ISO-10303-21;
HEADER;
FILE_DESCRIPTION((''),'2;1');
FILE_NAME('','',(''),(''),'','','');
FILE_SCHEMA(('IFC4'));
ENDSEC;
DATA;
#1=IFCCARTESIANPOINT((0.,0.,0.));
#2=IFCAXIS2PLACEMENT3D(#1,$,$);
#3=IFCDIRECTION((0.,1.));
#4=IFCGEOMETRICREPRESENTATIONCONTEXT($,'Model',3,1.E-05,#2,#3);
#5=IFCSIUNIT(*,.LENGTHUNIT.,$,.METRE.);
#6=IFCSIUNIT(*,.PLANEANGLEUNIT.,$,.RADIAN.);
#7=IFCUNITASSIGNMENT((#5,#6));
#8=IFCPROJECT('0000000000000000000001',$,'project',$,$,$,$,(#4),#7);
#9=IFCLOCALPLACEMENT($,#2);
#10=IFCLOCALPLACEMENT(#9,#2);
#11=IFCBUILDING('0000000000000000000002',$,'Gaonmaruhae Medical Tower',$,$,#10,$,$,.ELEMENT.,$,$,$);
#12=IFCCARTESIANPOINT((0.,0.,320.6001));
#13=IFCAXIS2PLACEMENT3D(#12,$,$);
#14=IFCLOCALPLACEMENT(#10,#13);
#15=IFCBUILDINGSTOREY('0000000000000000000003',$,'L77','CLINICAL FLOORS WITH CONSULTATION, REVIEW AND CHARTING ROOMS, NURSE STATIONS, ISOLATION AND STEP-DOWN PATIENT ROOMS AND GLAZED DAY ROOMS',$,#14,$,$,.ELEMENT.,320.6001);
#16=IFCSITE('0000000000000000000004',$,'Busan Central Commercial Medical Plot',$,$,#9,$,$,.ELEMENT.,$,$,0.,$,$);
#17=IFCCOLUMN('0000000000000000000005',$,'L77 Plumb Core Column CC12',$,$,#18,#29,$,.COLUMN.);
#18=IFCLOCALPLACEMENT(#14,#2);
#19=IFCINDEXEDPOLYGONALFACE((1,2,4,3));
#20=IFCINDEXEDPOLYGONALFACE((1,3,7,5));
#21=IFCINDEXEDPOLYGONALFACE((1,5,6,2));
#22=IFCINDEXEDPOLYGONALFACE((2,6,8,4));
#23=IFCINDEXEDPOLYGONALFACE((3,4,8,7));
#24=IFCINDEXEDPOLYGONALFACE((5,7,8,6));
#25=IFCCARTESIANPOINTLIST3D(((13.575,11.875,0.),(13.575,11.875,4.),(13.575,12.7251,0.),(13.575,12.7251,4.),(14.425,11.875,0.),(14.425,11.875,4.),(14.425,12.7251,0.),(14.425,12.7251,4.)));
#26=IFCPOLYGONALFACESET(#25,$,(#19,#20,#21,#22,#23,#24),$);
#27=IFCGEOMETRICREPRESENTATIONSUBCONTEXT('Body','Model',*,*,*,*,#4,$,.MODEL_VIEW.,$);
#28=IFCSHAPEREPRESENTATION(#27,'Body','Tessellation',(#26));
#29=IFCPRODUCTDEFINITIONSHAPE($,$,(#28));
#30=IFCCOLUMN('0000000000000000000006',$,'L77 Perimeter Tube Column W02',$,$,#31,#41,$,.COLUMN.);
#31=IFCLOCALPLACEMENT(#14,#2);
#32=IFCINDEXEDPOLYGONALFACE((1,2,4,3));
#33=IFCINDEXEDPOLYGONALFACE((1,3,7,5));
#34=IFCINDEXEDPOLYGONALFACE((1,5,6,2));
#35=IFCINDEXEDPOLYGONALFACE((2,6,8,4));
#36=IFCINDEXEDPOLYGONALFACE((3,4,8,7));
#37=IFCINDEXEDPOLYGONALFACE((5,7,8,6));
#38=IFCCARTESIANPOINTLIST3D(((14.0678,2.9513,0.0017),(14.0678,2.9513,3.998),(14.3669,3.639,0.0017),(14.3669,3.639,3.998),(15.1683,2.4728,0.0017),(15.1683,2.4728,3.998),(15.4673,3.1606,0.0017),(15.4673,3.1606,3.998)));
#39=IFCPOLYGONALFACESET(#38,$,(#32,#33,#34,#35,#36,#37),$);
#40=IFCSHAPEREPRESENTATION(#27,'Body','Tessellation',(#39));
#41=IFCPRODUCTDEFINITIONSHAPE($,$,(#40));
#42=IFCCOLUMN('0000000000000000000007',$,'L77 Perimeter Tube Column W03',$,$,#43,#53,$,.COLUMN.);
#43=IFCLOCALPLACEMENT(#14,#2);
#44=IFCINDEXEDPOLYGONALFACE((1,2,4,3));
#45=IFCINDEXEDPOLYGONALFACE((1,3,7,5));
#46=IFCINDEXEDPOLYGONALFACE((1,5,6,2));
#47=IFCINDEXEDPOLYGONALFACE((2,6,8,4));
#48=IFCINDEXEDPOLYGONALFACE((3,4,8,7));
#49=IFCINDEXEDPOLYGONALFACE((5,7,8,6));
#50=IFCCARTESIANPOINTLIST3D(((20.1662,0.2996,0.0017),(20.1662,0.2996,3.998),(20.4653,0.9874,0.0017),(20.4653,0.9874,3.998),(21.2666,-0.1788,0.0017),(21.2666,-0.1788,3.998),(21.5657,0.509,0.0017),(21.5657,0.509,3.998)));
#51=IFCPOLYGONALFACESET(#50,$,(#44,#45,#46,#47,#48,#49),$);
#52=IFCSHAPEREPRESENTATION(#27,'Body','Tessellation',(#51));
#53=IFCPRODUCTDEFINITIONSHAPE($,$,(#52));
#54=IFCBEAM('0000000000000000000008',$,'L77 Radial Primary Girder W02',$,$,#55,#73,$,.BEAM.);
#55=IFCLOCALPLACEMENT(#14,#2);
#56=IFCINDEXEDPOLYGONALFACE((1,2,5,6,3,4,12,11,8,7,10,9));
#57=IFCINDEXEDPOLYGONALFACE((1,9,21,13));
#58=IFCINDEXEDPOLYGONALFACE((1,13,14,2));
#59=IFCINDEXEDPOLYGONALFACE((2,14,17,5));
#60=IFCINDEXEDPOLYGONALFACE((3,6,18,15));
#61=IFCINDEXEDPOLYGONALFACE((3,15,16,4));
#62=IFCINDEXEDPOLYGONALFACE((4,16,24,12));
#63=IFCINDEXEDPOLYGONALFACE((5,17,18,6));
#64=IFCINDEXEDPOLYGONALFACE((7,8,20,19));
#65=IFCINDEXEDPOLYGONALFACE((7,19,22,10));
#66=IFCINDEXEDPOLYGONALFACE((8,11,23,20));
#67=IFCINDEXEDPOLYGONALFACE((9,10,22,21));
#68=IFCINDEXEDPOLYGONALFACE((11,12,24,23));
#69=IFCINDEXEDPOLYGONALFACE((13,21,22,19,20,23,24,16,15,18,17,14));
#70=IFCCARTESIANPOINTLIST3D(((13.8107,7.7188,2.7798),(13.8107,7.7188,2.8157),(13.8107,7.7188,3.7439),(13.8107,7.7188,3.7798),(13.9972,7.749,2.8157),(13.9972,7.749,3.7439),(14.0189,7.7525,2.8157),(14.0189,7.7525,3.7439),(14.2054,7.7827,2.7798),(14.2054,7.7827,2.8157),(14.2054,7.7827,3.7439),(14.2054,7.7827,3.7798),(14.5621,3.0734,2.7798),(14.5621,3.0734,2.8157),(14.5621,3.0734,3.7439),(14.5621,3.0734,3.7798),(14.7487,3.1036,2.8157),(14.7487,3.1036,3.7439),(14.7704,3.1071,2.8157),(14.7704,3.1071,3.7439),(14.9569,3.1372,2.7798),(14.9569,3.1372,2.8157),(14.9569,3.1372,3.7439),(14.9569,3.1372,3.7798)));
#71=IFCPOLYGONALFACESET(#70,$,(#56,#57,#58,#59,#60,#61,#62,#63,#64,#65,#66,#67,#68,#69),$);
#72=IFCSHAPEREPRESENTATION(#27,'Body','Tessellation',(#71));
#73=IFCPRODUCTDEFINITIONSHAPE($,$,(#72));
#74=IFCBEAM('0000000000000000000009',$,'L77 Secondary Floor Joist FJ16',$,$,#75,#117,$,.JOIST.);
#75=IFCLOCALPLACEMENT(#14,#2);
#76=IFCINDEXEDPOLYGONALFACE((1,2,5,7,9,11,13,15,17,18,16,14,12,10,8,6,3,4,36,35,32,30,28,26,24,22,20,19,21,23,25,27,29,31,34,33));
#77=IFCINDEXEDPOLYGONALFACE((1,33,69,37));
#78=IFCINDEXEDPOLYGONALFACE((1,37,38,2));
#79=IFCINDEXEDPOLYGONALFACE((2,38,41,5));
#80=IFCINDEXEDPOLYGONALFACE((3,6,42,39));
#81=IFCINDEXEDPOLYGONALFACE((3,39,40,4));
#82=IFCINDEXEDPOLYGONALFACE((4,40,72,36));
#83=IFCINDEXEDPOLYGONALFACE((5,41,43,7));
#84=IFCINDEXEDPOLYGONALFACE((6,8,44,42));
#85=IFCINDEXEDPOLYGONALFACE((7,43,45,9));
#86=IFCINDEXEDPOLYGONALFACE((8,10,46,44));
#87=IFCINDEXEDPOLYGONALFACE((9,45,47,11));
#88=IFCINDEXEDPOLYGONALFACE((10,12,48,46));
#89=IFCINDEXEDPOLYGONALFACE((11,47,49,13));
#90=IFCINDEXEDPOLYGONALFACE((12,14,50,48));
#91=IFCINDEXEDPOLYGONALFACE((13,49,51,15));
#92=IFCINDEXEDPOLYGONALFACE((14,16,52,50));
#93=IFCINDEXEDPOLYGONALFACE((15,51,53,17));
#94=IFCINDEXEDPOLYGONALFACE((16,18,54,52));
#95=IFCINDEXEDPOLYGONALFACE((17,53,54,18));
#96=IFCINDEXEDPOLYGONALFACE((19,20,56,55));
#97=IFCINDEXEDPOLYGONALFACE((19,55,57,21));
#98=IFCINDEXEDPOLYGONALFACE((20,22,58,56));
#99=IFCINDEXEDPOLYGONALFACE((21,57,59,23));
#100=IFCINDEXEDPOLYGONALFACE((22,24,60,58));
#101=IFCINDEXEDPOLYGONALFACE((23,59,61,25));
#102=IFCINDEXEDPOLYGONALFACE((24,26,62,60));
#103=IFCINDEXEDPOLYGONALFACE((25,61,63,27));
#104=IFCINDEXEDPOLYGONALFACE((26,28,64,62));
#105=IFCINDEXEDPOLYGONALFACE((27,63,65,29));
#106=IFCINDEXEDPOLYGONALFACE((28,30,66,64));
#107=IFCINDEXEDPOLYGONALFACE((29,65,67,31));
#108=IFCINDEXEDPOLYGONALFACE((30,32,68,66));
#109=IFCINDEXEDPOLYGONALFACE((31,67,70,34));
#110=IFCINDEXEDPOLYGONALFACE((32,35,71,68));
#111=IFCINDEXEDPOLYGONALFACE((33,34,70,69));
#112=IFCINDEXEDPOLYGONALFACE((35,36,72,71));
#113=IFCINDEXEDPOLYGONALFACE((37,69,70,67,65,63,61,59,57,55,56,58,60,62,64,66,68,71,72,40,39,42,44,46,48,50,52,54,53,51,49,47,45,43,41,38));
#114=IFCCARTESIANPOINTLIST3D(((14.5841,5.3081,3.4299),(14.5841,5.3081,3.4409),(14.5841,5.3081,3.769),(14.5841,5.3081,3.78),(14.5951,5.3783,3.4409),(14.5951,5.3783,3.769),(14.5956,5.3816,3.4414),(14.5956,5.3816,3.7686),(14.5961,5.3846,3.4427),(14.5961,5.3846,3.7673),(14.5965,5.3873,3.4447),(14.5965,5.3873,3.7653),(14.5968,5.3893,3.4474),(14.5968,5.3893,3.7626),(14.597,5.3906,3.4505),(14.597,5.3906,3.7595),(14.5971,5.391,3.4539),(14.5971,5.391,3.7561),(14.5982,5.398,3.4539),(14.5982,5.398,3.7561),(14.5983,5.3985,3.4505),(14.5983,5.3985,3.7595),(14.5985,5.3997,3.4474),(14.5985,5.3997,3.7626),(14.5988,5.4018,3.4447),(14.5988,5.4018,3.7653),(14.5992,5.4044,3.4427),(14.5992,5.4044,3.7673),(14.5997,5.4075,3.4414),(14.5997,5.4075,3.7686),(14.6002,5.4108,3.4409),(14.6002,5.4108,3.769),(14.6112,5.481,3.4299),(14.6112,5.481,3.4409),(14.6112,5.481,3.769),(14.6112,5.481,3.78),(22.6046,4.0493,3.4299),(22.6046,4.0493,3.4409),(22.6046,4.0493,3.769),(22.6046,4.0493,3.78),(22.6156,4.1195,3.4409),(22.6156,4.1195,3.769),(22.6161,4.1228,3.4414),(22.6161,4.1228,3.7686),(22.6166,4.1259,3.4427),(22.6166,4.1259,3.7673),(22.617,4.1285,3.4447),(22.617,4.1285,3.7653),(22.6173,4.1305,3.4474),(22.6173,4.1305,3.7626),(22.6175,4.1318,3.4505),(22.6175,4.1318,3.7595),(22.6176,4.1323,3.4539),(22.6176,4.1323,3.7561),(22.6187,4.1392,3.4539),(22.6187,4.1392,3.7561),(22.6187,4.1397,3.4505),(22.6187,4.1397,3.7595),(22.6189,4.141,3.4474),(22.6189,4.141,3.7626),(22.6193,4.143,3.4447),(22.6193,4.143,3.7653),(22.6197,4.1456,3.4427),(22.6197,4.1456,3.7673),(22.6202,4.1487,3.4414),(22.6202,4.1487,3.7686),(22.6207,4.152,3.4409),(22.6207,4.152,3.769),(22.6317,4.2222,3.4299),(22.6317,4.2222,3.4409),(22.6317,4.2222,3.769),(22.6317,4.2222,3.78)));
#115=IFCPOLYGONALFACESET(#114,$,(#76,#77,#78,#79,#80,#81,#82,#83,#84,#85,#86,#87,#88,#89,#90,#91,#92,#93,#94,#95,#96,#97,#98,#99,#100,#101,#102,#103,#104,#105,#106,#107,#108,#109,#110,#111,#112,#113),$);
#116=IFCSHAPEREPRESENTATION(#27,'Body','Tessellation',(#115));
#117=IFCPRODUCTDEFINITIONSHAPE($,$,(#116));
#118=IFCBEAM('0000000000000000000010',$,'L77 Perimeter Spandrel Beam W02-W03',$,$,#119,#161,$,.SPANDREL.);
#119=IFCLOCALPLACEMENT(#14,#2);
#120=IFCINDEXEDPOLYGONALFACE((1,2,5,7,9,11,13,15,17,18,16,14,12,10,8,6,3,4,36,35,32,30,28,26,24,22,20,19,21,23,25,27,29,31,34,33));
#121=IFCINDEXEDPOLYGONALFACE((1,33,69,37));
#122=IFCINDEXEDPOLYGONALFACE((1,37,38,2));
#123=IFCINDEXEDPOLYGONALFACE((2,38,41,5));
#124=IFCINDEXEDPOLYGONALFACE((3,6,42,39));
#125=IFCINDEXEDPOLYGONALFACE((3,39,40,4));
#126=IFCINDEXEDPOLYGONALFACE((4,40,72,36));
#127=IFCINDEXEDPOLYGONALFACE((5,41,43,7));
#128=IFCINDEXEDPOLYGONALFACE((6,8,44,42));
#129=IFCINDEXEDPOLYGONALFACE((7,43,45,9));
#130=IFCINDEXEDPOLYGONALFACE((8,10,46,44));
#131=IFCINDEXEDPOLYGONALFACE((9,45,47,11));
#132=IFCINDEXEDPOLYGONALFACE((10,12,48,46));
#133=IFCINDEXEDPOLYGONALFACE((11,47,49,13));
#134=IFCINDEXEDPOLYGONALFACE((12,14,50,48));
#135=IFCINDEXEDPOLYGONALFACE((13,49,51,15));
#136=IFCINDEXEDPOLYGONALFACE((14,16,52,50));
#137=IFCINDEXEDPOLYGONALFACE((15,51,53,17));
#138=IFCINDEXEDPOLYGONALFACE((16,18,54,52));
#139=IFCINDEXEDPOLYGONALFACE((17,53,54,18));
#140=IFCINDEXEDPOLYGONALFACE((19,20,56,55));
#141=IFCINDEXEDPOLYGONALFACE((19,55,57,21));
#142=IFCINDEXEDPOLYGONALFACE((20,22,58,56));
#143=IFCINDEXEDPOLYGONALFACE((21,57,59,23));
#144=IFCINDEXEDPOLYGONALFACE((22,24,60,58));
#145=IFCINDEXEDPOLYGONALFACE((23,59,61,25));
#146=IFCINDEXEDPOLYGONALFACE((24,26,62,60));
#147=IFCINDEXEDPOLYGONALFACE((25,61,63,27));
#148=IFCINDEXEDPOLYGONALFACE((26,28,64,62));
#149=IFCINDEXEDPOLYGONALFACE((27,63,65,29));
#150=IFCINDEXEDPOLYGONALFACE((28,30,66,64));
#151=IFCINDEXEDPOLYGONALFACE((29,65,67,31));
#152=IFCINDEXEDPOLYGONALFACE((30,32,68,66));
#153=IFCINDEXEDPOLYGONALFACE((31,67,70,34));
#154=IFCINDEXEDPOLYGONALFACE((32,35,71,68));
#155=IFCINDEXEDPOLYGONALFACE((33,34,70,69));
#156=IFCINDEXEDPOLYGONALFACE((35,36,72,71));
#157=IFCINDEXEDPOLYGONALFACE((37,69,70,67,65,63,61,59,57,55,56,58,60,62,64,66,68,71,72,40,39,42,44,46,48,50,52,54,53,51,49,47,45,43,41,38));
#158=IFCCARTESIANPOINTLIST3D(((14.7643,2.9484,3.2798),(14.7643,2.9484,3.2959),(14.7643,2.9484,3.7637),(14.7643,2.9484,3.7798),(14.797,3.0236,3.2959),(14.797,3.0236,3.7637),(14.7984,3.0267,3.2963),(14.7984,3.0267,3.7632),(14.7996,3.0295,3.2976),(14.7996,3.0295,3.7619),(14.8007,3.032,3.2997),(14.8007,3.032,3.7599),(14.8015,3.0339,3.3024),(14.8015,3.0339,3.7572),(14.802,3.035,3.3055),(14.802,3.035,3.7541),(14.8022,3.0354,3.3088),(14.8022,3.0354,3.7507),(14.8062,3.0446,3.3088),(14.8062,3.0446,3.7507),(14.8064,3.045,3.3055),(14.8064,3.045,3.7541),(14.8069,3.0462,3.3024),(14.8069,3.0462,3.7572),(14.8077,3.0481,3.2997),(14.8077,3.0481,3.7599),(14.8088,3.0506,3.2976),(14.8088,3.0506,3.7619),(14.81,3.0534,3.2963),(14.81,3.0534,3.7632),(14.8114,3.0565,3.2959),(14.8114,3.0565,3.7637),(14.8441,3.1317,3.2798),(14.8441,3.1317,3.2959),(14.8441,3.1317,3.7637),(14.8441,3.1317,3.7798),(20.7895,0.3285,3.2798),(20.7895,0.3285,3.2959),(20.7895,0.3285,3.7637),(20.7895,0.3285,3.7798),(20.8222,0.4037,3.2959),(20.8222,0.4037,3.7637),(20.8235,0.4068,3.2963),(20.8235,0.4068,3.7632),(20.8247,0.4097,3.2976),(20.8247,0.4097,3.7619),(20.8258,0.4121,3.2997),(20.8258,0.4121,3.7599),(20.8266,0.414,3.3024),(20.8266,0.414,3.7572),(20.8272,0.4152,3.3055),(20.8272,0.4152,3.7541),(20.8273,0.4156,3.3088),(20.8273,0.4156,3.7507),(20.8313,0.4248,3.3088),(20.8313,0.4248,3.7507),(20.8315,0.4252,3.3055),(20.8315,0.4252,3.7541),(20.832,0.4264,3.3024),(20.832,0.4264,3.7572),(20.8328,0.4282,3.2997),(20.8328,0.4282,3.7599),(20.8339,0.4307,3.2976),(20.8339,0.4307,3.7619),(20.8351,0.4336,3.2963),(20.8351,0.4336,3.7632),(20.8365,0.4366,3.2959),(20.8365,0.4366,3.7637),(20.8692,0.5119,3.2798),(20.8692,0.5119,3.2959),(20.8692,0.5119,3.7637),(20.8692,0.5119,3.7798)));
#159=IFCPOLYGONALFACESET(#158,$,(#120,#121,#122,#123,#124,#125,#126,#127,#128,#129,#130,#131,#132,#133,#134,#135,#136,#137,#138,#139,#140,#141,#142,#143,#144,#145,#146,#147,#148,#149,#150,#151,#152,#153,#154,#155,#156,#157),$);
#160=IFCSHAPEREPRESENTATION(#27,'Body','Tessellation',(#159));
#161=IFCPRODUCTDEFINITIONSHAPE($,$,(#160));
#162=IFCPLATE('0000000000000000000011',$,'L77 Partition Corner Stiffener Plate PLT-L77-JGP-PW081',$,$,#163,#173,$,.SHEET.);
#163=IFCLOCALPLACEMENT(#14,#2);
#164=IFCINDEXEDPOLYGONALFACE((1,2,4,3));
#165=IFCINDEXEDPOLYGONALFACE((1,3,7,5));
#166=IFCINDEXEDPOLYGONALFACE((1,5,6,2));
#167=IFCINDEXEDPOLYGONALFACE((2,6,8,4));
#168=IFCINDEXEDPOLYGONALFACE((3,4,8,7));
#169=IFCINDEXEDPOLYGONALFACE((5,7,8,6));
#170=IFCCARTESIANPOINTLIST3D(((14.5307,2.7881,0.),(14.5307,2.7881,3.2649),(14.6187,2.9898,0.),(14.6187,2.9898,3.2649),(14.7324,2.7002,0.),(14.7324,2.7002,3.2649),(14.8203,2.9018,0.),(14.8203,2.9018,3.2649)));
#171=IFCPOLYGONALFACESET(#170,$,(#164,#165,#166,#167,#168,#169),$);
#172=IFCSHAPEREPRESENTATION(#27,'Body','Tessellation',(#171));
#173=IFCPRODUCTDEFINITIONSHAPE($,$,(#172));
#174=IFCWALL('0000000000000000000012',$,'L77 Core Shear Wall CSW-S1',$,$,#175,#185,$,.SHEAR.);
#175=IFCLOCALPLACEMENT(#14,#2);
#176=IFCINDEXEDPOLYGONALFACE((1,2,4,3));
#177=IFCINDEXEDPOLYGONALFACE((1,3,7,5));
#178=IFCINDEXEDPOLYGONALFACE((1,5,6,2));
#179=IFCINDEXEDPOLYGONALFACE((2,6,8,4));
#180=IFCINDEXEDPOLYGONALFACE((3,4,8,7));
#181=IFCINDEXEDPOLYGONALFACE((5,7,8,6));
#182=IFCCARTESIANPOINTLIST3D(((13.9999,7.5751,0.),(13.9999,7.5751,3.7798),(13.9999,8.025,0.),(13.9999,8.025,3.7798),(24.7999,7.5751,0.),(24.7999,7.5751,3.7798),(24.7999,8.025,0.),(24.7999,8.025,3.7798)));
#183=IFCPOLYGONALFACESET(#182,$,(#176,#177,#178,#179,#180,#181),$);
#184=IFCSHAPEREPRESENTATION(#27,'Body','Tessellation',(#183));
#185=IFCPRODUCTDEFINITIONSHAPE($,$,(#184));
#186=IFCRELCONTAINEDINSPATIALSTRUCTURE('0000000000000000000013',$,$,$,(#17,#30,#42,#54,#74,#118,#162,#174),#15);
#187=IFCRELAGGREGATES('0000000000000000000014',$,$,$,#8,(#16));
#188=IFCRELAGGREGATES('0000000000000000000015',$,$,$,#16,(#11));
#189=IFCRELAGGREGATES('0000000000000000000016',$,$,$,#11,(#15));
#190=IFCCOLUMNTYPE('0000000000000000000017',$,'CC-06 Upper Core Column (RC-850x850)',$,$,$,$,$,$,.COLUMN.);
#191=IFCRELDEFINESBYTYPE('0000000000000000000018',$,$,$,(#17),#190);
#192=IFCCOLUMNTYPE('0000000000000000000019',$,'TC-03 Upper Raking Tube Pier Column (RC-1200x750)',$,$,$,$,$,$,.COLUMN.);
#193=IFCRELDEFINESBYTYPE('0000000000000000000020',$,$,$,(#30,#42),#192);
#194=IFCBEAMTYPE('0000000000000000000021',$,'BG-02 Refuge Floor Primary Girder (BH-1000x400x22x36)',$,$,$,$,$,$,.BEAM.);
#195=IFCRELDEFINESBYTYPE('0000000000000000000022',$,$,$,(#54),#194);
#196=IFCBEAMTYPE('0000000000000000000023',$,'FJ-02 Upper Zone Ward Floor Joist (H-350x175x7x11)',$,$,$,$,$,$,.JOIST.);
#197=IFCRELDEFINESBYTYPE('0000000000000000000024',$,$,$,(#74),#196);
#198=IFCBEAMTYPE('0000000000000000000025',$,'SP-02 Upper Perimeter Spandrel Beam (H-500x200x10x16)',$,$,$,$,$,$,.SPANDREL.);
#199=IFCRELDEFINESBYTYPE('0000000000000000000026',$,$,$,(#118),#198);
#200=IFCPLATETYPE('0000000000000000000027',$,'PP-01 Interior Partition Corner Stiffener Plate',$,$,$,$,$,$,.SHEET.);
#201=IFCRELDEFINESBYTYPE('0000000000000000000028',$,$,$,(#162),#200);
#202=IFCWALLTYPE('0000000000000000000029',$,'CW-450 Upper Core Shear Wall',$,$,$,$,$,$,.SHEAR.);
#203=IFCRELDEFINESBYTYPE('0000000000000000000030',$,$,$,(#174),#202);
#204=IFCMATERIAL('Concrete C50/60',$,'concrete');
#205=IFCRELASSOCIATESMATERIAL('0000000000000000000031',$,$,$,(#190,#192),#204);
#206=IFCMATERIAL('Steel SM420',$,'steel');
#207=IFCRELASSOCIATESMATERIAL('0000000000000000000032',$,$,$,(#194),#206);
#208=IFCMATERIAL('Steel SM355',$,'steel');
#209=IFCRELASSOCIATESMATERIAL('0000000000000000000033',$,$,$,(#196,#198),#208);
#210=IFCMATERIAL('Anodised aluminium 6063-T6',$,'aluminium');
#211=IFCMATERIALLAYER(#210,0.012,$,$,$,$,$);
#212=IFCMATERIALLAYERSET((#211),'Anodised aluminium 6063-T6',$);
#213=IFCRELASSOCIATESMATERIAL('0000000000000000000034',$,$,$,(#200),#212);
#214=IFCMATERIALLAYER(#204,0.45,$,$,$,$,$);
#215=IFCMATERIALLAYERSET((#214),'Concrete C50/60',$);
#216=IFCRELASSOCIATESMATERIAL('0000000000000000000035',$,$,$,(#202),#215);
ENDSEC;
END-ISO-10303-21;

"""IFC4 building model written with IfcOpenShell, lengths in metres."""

from ifc_helpers import new_model, si_unit, direction, frame, frame_2d, origin, origin_2d, place, context, subcontext, project, spatial, rectangle, i_section, extrude, material, layer, layer_set, material_profile, profile_set, type_object, element, save


model = new_model("IFC4")

# Units and contexts
model_context = context("Model", 3, precision=1e-05, world=origin(), true_north=direction((0.0, 1.0)))
body_context = subcontext(model_context, "Body", "Model", "MODEL_VIEW")
ifc_project = project(units=[si_unit("LENGTHUNIT", "METRE"), si_unit("PLANEANGLEUNIT", "RADIAN")], contexts=[model_context])

# Site, building, storey
site_placement = place(None, origin())
site = spatial("IfcSite", under=ifc_project, at=site_placement, Name="Busan Central Commercial Medical Plot", CompositionType="ELEMENT", RefElevation=0.0)
building_placement = place(site_placement, origin())
building = spatial("IfcBuilding", under=site, at=building_placement, Name="Gaonmaruhae Medical Tower", CompositionType="ELEMENT")
storey_placement = place(building_placement, frame((0.0, 0.0, 320.6001)))
storey = spatial("IfcBuildingStorey", under=building, at=storey_placement, Name="L77", Description="CLINICAL FLOORS WITH CONSULTATION, REVIEW AND CHARTING ROOMS, NURSE STATIONS, ISOLATION AND STEP-DOWN PATIENT ROOMS AND GLAZED DAY ROOMS", CompositionType="ELEMENT", Elevation=320.6001)

# Columns
ifc_material_1 = material(Name="Concrete C50/60", Category="concrete")
ifc_material_profile_1 = material_profile(ifc_material_1, rectangle(XDim=0.8501, YDim=0.8501, at=origin_2d()), Name="RC-850x850")
ifc_profile_set_1 = profile_set([ifc_material_profile_1], Name="Concrete C50/60")
column_type_1 = type_object("IfcColumnType", Name="CC-06 Upper Core Column (RC-850x850)", PredefinedType="COLUMN", material=ifc_profile_set_1)
column_placement = place(storey_placement, frame((14.0, 12.3, 0.0), z_axis=(0.0, 0.0, 1.0), x_axis=(1.0, 0.0, 0.0)))
element("IfcColumn", 1, at=column_placement, inside=storey, type_object=column_type_1, Name="L77 Plumb Core Column CC12", PredefinedType="COLUMN", context=body_context, shape_type="SweptSolid", body=[
    extrude(rectangle(XDim=0.8501, YDim=0.8501, at=origin_2d()), origin(), (0.0, 0.0, 1.0), 4.0),
])
ifc_material_profile_2 = material_profile(ifc_material_1, rectangle(XDim=1.2, YDim=0.75, at=origin_2d()), Name="RC-1200x750")
ifc_profile_set_2 = profile_set([ifc_material_profile_2], Name="Concrete C50/60")
column_type_2 = type_object("IfcColumnType", Name="TC-03 Upper Raking Tube Pier Column (RC-1200x750)", PredefinedType="COLUMN", material=ifc_profile_set_2)
for number, where, z_axis, x_axis, name in (
    (2, (14.7676, 3.0559, 0.0017), (0.0, 0.0, 1.0), (-0.91706, 0.398749, 0.0), "L77 Perimeter Tube Column W02"),
    (3, (20.866, 0.4043, 0.0017), (0.0, 0.0, 1.0), (-0.91706, 0.398749, 0.0), "L77 Perimeter Tube Column W03"),
):
    element("IfcColumn", number, at=place(storey_placement, frame(where, z_axis=z_axis, x_axis=x_axis)), inside=storey, type_object=column_type_2, Name=name, PredefinedType="COLUMN", context=body_context, shape_type="SweptSolid", body=[
        extrude(rectangle(XDim=1.2, YDim=0.75, at=origin_2d()), origin(), (0.0, 0.0, 1.0), 3.9963),
    ])

# Beams
ifc_material_2 = material(Name="Steel SM420", Category="steel")
ifc_material_profile_3 = material_profile(ifc_material_2, i_section(OverallWidth=0.3999, OverallDepth=1.0, WebThickness=0.022, FlangeThickness=0.0359, at=origin_2d()), Name="BH-1000x400x22x36")
ifc_profile_set_3 = profile_set([ifc_material_profile_3], Name="Steel SM420")
beam_type_1 = type_object("IfcBeamType", Name="BG-02 Refuge Floor Primary Girder (BH-1000x400x22x36)", PredefinedType="BEAM", material=ifc_profile_set_3)
beam_1_placement = place(storey_placement, frame((14.0081, 7.7507, 3.2798), z_axis=(0.159686, -0.987168, 0.0), x_axis=(0.987168, 0.159686, 0.0)))
element("IfcBeam", 4, at=beam_1_placement, inside=storey, type_object=beam_type_1, Name="L77 Radial Primary Girder W02", PredefinedType="BEAM", context=body_context, shape_type="SweptSolid", body=[
    extrude(i_section(OverallWidth=0.3999, OverallDepth=1.0, WebThickness=0.022, FlangeThickness=0.0359, at=origin_2d()), origin(), (0.0, 0.0, 1.0), 4.7058),
])
ifc_material_3 = material(Name="Steel SM355", Category="steel")
ifc_material_profile_4 = material_profile(ifc_material_3, i_section(OverallWidth=0.175, OverallDepth=0.3501, WebThickness=0.0071, FlangeThickness=0.011, FilletRadius=0.0129, at=origin_2d()), Name="H-350x175x7x11")
ifc_profile_set_4 = profile_set([ifc_material_profile_4], Name="Steel SM355")
beam_type_2 = type_object("IfcBeamType", Name="FJ-02 Upper Zone Ward Floor Joist (H-350x175x7x11)", PredefinedType="JOIST", material=ifc_profile_set_4)
beam_2_placement = place(storey_placement, frame((14.5977, 5.3945, 3.605), z_axis=(0.987907, -0.155048, 0.0), x_axis=(0.155048, 0.987907, 0.0)))
element("IfcBeam", 5, at=beam_2_placement, inside=storey, type_object=beam_type_2, Name="L77 Secondary Floor Joist FJ16", PredefinedType="JOIST", context=body_context, shape_type="SweptSolid", body=[
    extrude(i_section(OverallWidth=0.175, OverallDepth=0.3501, WebThickness=0.0071, FlangeThickness=0.011, FilletRadius=0.0129, at=origin_2d()), origin(), (0.0, 0.0, 1.0), 8.1187),
])
ifc_material_profile_5 = material_profile(ifc_material_3, i_section(OverallWidth=0.2, OverallDepth=0.5, WebThickness=0.01, FlangeThickness=0.0161, FilletRadius=0.0129, at=origin_2d()), Name="H-500x200x10x16")
ifc_profile_set_5 = profile_set([ifc_material_profile_5], Name="Steel SM355")
beam_type_3 = type_object("IfcBeamType", Name="SP-02 Upper Perimeter Spandrel Beam (H-500x200x10x16)", PredefinedType="SPANDREL", material=ifc_profile_set_5)
beam_3_placement = place(storey_placement, frame((14.8042, 3.04, 3.5298), z_axis=(0.917056, -0.398757, 0.0), x_axis=(0.398757, 0.917056, 0.0)))
element("IfcBeam", 6, at=beam_3_placement, inside=storey, type_object=beam_type_3, Name="L77 Perimeter Spandrel Beam W02-W03", PredefinedType="SPANDREL", context=body_context, shape_type="SweptSolid", body=[
    extrude(i_section(OverallWidth=0.2, OverallDepth=0.5, WebThickness=0.01, FlangeThickness=0.0161, FilletRadius=0.0129, at=origin_2d()), origin(), (0.0, 0.0, 1.0), 6.5701),
])

# Plate
ifc_material_4 = material(Name="Anodised aluminium 6063-T6", Category="aluminium")
ifc_layer_1 = layer(ifc_material_4, 0.012)
ifc_layer_set_1 = layer_set([ifc_layer_1], Name="Anodised aluminium 6063-T6")
plate_type = type_object("IfcPlateType", Name="PP-01 Interior Partition Corner Stiffener Plate", PredefinedType="SHEET", material=ifc_layer_set_1)
plate_placement = place(storey_placement, frame((14.6755, 2.845, 0.0), z_axis=(0.0, 0.0, 1.0), x_axis=(-0.916586, 0.399837, 0.0)))
element("IfcPlate", 7, at=plate_placement, inside=storey, type_object=plate_type, Name="L77 Partition Corner Stiffener Plate PLT-L77-JGP-PW081", PredefinedType="SHEET", context=body_context, shape_type="SweptSolid", body=[
    extrude(rectangle(XDim=0.22, YDim=0.22, at=origin_2d()), origin(), (0.0, 0.0, 1.0), 3.2649),
])

# Wall
ifc_layer_2 = layer(ifc_material_1, 0.45)
ifc_layer_set_2 = layer_set([ifc_layer_2], Name="Concrete C50/60")
wall_type_1 = type_object("IfcWallType", Name="CW-450 Upper Core Shear Wall", PredefinedType="SHEAR", material=ifc_layer_set_2)
wall_1_placement = place(storey_placement, frame((14.0, 7.8, 0.0), z_axis=(0.0, 0.0, 1.0), x_axis=(1.0, 0.0, 0.0)))
element("IfcWall", 8, at=wall_1_placement, inside=storey, type_object=wall_type_1, Name="L77 Core Shear Wall CSW-S1", PredefinedType="SHEAR", context=body_context, shape_type="SweptSolid", body=[
    extrude(rectangle(XDim=10.8, YDim=0.45, at=frame_2d((5.3999, 0.0))), origin(), (0.0, 0.0, 1.0), 3.7798),
])

save(model, "model.ifc")
